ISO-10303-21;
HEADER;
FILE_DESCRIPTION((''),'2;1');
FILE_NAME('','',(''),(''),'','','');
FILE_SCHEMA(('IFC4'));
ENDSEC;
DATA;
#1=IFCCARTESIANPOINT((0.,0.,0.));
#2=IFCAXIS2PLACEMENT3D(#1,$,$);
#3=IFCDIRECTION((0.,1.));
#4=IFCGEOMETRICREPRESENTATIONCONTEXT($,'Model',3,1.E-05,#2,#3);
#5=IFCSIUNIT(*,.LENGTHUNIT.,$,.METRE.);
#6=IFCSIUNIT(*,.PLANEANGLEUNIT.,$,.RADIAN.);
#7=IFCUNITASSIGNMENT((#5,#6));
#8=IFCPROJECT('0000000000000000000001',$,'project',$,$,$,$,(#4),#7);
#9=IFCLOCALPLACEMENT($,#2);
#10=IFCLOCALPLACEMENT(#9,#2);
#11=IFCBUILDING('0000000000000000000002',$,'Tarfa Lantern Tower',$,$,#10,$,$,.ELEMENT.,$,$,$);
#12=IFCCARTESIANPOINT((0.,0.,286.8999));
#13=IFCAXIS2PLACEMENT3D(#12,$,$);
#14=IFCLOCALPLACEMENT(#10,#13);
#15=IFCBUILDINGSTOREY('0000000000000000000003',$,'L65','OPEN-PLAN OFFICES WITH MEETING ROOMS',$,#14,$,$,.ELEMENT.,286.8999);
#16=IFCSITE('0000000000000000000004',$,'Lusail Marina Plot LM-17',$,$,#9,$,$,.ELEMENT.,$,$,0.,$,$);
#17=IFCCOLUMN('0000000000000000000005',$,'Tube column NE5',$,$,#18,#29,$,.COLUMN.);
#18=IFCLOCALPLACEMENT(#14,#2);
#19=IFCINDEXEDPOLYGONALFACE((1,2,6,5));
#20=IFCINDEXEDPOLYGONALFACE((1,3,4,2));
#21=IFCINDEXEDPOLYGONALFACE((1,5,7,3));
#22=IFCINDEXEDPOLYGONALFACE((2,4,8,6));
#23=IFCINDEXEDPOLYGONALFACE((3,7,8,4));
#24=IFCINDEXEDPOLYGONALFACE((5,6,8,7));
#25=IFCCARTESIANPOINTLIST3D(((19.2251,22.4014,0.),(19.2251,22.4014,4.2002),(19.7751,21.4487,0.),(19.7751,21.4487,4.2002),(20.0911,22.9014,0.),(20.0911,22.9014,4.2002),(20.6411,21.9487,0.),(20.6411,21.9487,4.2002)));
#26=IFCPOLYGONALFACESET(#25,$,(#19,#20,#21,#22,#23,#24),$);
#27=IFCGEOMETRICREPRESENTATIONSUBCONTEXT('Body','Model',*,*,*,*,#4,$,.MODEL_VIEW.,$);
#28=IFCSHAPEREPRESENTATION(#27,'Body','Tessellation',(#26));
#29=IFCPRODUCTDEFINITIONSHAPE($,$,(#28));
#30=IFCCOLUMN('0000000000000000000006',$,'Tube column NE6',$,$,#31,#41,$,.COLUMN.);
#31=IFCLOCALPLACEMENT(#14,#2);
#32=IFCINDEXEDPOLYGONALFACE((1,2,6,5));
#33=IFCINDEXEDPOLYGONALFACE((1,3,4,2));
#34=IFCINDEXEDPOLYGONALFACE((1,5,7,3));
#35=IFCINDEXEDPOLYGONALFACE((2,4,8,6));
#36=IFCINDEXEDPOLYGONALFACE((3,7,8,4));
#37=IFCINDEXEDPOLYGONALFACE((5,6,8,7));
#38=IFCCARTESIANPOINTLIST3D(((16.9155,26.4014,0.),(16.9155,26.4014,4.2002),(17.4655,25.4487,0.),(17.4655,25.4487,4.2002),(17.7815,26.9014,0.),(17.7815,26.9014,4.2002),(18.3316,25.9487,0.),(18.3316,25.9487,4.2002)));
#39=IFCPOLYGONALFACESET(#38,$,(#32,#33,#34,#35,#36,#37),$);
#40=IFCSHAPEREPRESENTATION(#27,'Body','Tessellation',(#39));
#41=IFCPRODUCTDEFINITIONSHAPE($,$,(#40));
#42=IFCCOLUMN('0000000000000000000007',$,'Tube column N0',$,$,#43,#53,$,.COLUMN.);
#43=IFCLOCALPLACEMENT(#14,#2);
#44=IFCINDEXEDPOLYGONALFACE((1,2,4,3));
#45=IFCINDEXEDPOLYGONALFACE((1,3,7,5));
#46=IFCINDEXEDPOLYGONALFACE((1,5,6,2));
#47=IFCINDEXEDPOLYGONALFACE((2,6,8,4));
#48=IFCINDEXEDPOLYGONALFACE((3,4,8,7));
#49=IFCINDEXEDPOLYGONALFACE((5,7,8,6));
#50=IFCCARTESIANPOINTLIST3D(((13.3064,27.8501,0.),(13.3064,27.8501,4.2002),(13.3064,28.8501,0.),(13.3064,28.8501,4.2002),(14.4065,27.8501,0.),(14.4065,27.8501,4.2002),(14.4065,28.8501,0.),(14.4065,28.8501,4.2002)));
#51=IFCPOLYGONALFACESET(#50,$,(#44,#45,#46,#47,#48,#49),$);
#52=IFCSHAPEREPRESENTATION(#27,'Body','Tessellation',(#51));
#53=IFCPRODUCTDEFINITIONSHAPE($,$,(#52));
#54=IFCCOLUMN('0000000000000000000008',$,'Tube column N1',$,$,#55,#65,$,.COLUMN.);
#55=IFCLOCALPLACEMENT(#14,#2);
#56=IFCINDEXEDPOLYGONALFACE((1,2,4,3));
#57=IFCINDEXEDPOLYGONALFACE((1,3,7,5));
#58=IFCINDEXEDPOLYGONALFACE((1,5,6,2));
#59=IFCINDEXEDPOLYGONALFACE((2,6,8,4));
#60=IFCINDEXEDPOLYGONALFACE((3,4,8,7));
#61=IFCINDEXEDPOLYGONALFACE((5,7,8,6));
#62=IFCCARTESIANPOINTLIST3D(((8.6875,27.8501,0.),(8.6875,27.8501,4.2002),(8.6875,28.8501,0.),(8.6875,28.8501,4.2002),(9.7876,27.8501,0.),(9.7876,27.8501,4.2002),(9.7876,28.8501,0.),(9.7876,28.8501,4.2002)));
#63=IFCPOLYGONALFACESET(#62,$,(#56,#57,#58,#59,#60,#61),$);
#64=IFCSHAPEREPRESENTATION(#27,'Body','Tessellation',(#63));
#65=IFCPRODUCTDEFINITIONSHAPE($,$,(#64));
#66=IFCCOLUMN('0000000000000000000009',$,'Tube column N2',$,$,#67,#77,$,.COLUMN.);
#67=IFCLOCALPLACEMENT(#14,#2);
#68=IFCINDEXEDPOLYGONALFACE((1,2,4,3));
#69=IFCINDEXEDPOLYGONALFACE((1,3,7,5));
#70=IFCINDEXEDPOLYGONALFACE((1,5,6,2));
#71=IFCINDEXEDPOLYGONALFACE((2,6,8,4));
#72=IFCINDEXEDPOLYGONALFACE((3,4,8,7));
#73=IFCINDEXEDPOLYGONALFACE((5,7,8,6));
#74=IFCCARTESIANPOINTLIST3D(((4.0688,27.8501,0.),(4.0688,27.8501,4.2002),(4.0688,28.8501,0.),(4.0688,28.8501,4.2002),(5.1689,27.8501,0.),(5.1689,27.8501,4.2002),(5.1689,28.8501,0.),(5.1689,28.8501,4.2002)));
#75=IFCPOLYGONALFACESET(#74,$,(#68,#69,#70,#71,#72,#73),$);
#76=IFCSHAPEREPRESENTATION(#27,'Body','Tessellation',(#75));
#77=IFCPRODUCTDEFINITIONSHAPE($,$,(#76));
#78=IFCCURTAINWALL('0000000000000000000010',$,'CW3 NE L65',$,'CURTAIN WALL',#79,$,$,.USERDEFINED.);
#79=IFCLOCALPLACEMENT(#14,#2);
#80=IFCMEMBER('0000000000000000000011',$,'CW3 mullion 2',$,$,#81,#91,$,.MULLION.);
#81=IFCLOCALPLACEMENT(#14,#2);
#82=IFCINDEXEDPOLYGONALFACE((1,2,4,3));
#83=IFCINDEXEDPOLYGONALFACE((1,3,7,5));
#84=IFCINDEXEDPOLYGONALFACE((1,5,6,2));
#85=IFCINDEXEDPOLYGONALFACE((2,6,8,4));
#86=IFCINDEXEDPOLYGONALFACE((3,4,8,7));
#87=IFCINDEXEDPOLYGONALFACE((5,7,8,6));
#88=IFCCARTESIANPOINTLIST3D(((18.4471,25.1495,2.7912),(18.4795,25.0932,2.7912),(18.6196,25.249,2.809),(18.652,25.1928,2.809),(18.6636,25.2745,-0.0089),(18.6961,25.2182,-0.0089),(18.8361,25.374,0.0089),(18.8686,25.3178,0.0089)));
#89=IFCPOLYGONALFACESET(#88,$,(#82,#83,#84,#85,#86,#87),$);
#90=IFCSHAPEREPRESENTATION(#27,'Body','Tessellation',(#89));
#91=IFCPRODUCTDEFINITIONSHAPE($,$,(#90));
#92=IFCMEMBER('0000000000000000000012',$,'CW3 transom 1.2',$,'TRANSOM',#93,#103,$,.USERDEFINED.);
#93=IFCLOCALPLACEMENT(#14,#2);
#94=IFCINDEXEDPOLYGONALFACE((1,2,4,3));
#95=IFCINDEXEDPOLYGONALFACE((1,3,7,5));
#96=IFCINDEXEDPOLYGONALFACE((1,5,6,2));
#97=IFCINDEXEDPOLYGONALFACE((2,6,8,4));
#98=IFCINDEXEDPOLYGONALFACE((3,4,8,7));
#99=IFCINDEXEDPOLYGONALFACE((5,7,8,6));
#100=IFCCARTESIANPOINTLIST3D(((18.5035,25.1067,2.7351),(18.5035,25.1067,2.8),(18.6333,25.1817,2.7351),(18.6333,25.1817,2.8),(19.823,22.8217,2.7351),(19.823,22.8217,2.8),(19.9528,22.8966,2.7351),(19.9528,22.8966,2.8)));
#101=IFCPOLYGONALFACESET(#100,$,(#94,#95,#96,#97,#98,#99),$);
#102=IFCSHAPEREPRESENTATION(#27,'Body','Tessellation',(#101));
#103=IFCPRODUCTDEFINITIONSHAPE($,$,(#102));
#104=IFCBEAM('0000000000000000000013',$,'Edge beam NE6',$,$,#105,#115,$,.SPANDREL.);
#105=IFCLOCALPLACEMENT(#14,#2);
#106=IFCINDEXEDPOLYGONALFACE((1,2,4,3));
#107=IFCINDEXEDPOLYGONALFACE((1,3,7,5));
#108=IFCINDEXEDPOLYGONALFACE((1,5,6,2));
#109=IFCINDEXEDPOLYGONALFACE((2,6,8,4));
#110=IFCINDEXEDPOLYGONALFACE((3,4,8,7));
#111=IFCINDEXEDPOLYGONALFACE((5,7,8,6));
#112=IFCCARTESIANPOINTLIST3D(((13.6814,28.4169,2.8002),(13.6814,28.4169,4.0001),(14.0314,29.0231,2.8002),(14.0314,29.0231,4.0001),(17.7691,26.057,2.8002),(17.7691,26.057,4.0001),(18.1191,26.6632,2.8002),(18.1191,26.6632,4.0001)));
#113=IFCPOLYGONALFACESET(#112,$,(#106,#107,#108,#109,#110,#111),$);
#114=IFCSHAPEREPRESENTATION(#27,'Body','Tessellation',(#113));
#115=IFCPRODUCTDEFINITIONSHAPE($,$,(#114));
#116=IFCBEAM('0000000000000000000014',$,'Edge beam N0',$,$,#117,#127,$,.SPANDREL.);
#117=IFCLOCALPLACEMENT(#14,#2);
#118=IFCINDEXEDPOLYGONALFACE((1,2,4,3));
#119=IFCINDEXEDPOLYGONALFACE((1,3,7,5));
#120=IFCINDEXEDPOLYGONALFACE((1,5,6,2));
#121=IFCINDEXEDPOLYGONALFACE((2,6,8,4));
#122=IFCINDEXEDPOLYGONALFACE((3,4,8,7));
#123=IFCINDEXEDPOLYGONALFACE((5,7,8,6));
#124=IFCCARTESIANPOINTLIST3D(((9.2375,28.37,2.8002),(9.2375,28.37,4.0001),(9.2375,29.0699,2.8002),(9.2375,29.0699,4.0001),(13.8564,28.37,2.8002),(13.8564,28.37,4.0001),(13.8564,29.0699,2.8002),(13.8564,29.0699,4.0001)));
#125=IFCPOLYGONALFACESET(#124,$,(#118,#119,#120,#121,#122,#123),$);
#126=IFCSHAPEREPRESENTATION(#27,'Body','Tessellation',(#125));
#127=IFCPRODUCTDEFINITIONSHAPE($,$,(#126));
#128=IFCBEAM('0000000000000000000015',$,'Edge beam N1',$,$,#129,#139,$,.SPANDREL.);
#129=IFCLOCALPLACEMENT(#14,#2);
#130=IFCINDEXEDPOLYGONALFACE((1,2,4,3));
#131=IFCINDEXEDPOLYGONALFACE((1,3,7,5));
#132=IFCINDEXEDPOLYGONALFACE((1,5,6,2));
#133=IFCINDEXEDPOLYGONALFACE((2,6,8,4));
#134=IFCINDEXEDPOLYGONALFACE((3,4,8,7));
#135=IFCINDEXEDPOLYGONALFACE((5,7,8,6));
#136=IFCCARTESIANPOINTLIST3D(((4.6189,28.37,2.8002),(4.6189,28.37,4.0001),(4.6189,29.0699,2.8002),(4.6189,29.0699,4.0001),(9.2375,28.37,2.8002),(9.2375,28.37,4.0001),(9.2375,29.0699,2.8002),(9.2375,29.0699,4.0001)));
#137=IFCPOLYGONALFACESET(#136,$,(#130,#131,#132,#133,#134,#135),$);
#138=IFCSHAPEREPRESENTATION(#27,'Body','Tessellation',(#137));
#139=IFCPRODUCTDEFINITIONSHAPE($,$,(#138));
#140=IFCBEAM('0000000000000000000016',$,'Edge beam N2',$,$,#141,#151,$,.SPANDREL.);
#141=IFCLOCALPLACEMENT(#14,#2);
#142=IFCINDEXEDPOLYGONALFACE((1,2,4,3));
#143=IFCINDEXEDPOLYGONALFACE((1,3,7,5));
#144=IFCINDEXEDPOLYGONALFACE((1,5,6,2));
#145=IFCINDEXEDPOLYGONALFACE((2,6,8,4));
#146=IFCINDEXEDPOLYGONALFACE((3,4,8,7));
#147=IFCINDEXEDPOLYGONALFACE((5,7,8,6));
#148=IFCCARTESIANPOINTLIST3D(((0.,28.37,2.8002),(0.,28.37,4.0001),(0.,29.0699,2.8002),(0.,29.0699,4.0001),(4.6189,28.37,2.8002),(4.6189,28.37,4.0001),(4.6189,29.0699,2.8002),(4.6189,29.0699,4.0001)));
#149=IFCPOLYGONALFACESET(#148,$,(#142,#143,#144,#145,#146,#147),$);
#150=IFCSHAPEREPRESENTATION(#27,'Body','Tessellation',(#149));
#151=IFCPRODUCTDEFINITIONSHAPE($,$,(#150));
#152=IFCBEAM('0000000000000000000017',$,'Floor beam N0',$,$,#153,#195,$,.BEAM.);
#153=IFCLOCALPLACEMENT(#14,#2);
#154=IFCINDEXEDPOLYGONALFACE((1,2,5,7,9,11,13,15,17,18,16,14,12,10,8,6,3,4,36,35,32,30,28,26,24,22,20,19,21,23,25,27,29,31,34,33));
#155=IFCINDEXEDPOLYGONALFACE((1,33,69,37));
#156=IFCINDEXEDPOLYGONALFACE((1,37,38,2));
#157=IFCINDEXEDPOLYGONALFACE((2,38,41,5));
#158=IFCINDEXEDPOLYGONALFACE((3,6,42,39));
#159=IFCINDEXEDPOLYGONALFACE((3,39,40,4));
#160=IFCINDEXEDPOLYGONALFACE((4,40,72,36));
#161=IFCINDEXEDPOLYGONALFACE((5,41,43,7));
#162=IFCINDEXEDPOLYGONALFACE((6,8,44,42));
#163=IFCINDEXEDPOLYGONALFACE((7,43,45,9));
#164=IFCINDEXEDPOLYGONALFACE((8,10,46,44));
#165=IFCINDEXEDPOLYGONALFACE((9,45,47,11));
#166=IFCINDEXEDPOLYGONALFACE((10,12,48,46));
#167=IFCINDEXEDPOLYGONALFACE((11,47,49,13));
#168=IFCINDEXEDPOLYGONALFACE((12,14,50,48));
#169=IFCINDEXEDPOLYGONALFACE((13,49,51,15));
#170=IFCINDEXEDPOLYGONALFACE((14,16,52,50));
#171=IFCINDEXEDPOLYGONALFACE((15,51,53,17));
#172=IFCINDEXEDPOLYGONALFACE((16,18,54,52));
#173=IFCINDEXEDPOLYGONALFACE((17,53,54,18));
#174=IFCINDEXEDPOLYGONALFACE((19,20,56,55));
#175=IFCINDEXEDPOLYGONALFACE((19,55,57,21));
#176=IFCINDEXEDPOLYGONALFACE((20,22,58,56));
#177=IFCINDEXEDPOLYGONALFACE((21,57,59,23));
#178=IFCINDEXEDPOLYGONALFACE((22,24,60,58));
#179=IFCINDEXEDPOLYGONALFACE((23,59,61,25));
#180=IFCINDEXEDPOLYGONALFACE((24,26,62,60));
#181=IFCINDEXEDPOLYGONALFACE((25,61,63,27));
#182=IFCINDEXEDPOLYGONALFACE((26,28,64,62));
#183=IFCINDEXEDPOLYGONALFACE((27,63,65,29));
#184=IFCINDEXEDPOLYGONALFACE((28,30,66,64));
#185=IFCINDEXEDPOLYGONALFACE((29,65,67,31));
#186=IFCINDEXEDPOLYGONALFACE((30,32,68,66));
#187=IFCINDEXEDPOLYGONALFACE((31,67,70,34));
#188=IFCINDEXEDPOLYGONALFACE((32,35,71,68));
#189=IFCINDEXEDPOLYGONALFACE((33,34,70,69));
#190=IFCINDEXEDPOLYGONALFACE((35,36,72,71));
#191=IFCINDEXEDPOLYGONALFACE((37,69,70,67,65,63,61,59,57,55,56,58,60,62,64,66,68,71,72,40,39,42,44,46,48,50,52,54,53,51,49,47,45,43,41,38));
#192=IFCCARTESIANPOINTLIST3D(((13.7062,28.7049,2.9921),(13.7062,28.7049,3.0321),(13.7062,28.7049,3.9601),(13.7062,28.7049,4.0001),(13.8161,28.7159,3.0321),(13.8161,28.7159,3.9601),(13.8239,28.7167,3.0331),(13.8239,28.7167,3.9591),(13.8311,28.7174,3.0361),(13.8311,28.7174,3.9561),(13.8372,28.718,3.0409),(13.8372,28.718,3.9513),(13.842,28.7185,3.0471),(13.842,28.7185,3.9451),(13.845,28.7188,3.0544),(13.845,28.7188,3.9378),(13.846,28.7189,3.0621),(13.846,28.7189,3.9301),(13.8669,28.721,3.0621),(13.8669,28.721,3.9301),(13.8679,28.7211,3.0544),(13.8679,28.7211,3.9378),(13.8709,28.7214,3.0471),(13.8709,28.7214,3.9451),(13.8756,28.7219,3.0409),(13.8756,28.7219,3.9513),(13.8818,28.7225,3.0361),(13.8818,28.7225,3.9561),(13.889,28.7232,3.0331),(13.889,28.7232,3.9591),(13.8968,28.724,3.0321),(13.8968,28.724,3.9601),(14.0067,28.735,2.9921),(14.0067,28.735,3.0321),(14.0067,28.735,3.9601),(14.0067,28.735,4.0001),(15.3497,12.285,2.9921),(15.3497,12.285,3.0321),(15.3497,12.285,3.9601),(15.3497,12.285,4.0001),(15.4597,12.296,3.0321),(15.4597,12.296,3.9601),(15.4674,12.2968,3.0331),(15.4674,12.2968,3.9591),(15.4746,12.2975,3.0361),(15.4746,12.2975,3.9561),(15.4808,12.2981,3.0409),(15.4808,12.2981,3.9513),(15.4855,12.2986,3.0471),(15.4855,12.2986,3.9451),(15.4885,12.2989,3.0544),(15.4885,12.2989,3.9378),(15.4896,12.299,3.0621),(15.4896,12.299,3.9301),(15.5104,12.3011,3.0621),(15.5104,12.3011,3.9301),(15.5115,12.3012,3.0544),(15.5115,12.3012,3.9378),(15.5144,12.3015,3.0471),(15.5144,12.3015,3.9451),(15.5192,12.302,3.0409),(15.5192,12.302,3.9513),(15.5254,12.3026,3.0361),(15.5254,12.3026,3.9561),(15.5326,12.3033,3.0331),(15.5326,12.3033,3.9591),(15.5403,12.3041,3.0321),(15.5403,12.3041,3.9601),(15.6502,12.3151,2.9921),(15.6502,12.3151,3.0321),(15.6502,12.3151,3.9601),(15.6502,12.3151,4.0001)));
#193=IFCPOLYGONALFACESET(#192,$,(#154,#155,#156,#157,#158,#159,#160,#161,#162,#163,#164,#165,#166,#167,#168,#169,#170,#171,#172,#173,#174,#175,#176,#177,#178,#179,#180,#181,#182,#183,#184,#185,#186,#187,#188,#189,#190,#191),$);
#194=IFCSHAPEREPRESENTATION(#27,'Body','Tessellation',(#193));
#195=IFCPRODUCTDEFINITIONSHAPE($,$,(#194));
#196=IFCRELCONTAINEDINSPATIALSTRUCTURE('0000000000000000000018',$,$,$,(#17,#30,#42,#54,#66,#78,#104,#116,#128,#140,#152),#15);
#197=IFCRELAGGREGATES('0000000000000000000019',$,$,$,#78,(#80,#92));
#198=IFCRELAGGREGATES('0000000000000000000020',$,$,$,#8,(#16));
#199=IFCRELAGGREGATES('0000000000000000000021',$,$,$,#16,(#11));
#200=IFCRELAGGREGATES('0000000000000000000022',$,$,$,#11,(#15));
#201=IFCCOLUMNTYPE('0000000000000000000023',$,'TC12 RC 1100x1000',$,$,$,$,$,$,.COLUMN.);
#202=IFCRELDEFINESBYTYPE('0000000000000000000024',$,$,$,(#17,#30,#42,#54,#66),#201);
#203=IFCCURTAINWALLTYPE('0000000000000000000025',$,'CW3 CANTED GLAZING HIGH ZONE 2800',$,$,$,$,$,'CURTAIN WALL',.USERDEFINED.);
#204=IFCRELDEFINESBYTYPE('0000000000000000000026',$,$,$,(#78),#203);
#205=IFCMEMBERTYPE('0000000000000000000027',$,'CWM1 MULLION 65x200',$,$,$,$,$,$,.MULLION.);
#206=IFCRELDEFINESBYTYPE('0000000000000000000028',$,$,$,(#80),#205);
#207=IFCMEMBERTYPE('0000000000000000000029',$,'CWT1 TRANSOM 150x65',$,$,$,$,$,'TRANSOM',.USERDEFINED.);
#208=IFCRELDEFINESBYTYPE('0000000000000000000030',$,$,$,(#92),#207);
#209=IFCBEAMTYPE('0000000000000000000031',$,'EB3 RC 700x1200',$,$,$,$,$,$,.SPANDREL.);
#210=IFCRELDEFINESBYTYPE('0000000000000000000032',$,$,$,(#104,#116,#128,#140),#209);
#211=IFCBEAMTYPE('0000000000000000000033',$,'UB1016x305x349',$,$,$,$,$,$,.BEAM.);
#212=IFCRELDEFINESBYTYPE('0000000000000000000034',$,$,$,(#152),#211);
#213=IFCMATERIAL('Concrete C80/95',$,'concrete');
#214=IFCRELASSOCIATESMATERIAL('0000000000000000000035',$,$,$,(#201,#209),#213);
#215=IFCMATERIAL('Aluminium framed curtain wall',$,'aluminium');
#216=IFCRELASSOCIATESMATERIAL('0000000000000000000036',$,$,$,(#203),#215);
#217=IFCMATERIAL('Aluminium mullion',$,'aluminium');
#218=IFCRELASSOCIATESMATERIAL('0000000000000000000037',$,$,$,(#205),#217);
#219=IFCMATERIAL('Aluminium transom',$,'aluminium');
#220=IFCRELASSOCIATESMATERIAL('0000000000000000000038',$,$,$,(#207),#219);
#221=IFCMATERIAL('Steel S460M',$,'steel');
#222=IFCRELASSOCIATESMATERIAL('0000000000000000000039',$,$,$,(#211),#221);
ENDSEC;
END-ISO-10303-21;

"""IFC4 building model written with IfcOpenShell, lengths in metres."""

from ifc_helpers import new_model, si_unit, direction, frame, origin, origin_2d, place, context, subcontext, project, spatial, rectangle, i_section, extrude, material, material_profile, profile_set, type_object, element, aggregate, save


model = new_model("IFC4")

# Units and contexts
model_context = context("Model", 3, precision=1e-05, world=origin(), true_north=direction((0.0, 1.0)))
body_context = subcontext(model_context, "Body", "Model", "MODEL_VIEW")
ifc_project = project(units=[si_unit("LENGTHUNIT", "METRE"), si_unit("PLANEANGLEUNIT", "RADIAN")], contexts=[model_context])

# Site, building, storey
site_placement = place(None, origin())
site = spatial("IfcSite", under=ifc_project, at=site_placement, Name="Lusail Marina Plot LM-17", CompositionType="ELEMENT", RefElevation=0.0)
building_placement = place(site_placement, origin())
building = spatial("IfcBuilding", under=site, at=building_placement, Name="Tarfa Lantern Tower", CompositionType="ELEMENT")
storey_placement = place(building_placement, frame((0.0, 0.0, 286.8999)))
storey = spatial("IfcBuildingStorey", under=building, at=storey_placement, Name="L65", Description="OPEN-PLAN OFFICES WITH MEETING ROOMS", CompositionType="ELEMENT", Elevation=286.8999)

# Columns
ifc_material_1 = material(Name="Concrete C80/95", Category="concrete")
ifc_material_profile_1 = material_profile(ifc_material_1, rectangle(XDim=1.1001, YDim=1.0, at=origin_2d()), Name="RC 1100x1000")
ifc_profile_set_1 = profile_set([ifc_material_profile_1], Name="Concrete C80/95")
column_type = type_object("IfcColumnType", Name="TC12 RC 1100x1000", PredefinedType="COLUMN", material=ifc_profile_set_1)
for number, where, z_axis, x_axis, name in (
    (1, (19.9331, 22.175, 0.0), (0.0, 0.0, 1.0), (-0.5, 0.866025, 0.0), "Tube column NE5"),
    (2, (17.6235, 26.175, 0.0), (0.0, 0.0, 1.0), (-0.5, 0.866025, 0.0), "Tube column NE6"),
    (3, (13.8564, 28.3501, 0.0), (0.0, 0.0, 1.0), (-1.0, 0.0, 0.0), "Tube column N0"),
    (4, (9.2375, 28.3501, 0.0), (0.0, 0.0, 1.0), (-1.0, 0.0, 0.0), "Tube column N1"),
    (5, (4.6189, 28.3501, 0.0), (0.0, 0.0, 1.0), (-1.0, 0.0, 0.0), "Tube column N2"),
):
    element("IfcColumn", number, at=place(storey_placement, frame(where, z_axis=z_axis, x_axis=x_axis)), inside=storey, type_object=column_type, Name=name, PredefinedType="COLUMN", context=body_context, shape_type="SweptSolid", body=[
        extrude(rectangle(XDim=1.1001, YDim=1.0, at=origin_2d()), origin(), (0.0, 0.0, 1.0), 4.2002),
    ])

# Curtain wall, members
ifc_material_2 = material(Name="Aluminium framed curtain wall", Category="aluminium")
curtain_wall_type = type_object("IfcCurtainWallType", Name="CW3 CANTED GLAZING HIGH ZONE 2800", ElementType="CURTAIN WALL", PredefinedType="USERDEFINED", material=ifc_material_2)
curtain_wall_placement = place(storey_placement, origin())
curtain_wall = element("IfcCurtainWall", 6, at=curtain_wall_placement, inside=storey, type_object=curtain_wall_type, Name="CW3 NE L65", ObjectType="CURTAIN WALL", PredefinedType="USERDEFINED")
ifc_material_3 = material(Name="Aluminium mullion", Category="aluminium")
ifc_material_profile_2 = material_profile(ifc_material_3, rectangle(XDim=0.0649, YDim=0.2, at=origin_2d()), Name="AL MULLION 65x200")
ifc_profile_set_2 = profile_set([ifc_material_profile_2], Name="Aluminium mullion")
member_type_1 = type_object("IfcMemberType", Name="CWM1 MULLION 65x200", PredefinedType="MULLION", material=ifc_profile_set_2)
member_1_placement = place(storey_placement, frame((18.7661, 25.2961, 0.0), z_axis=(-0.077032, -0.044465, 0.996037), x_axis=(0.49992, -0.866072, 0.0)))
member_1 = element("IfcMember", 7, at=member_1_placement, type_object=member_type_1, Name="CW3 mullion 2", PredefinedType="MULLION", context=body_context, shape_type="SweptSolid", body=[
    extrude(rectangle(XDim=0.0649, YDim=0.2, at=origin_2d()), origin(), (0.0, 0.0, 1.0), 2.8113),
])
ifc_material_4 = material(Name="Aluminium transom", Category="aluminium")
ifc_material_profile_3 = material_profile(ifc_material_4, rectangle(XDim=0.1499, YDim=0.0649, at=origin_2d()), Name="AL TRANSOM 150x65")
ifc_profile_set_3 = profile_set([ifc_material_profile_3], Name="Aluminium transom")
member_type_2 = type_object("IfcMemberType", Name="CWT1 TRANSOM 150x65", ElementType="TRANSOM", PredefinedType="USERDEFINED", material=ifc_profile_set_3)
member_2_placement = place(storey_placement, frame((19.8879, 22.8591, 2.7676), z_axis=(-0.500069, 0.865985, 0.0), x_axis=(-0.865985, -0.500069, 0.0)))
member_2 = element("IfcMember", 8, at=member_2_placement, type_object=member_type_2, Name="CW3 transom 1.2", ObjectType="TRANSOM", PredefinedType="USERDEFINED", context=body_context, shape_type="SweptSolid", body=[
    extrude(rectangle(XDim=0.1499, YDim=0.0649, at=origin_2d()), origin(), (0.0, 0.0, 1.0), 2.6387),
])

# Beams
ifc_material_profile_4 = material_profile(ifc_material_1, rectangle(XDim=0.7, YDim=1.2, at=origin_2d()), Name="RC 700x1200")
ifc_profile_set_4 = profile_set([ifc_material_profile_4], Name="Concrete C80/95")
beam_type_1 = type_object("IfcBeamType", Name="EB3 RC 700x1200", PredefinedType="SPANDREL", material=ifc_profile_set_4)
beam_1_placement = place(storey_placement, frame((17.9441, 26.3601, 3.4001), z_axis=(-0.866038, 0.499978, 0.0), x_axis=(-0.499978, -0.866038, 0.0)))
element("IfcBeam", 9, at=beam_1_placement, inside=storey, type_object=beam_type_1, Name="Edge beam NE6", PredefinedType="SPANDREL", context=body_context, shape_type="SweptSolid", body=[
    extrude(rectangle(XDim=0.7, YDim=1.2, at=origin_2d()), origin(), (0.0, 0.0, 1.0), 4.72),
])
beam_2_placement = place(storey_placement, frame((13.8564, 28.72, 3.4001), z_axis=(-1.0, 0.0, 0.0), x_axis=(0.0, -1.0, 0.0)))
element("IfcBeam", 10, at=beam_2_placement, inside=storey, type_object=beam_type_1, Name="Edge beam N0", PredefinedType="SPANDREL", context=body_context, shape_type="SweptSolid", body=[
    extrude(rectangle(XDim=0.7, YDim=1.2, at=origin_2d()), origin(), (0.0, 0.0, 1.0), 4.6189),
])
beam_3_placement = place(storey_placement, frame((9.2375, 28.72, 3.4001), z_axis=(-1.0, 0.0, 0.0), x_axis=(0.0, -1.0, 0.0)))
element("IfcBeam", 11, at=beam_3_placement, inside=storey, type_object=beam_type_1, Name="Edge beam N1", PredefinedType="SPANDREL", context=body_context, shape_type="SweptSolid", body=[
    extrude(rectangle(XDim=0.7, YDim=1.2, at=origin_2d()), origin(), (0.0, 0.0, 1.0), 4.6187),
])
beam_4_placement = place(storey_placement, frame((4.6189, 28.72, 3.4001), z_axis=(-1.0, 0.0, 0.0), x_axis=(0.0, -1.0, 0.0)))
element("IfcBeam", 12, at=beam_4_placement, inside=storey, type_object=beam_type_1, Name="Edge beam N2", PredefinedType="SPANDREL", context=body_context, shape_type="SweptSolid", body=[
    extrude(rectangle(XDim=0.7, YDim=1.2, at=origin_2d()), origin(), (0.0, 0.0, 1.0), 4.6189),
])
ifc_material_5 = material(Name="Steel S460M", Category="steel")
ifc_material_profile_5 = material_profile(ifc_material_5, i_section(OverallWidth=0.302, OverallDepth=1.0081, WebThickness=0.021, FlangeThickness=0.04, FilletRadius=0.03, at=origin_2d()), Name="UB1016x305x349")
ifc_profile_set_5 = profile_set([ifc_material_profile_5], Name="Steel S460M")
beam_type_2 = type_object("IfcBeamType", Name="UB1016x305x349", PredefinedType="BEAM", material=ifc_profile_set_5)
beam_5_placement = place(storey_placement, frame((13.8564, 28.72, 3.4961), z_axis=(0.099597, -0.995028, 0.0), x_axis=(0.995028, 0.099597, 0.0)))
element("IfcBeam", 13, at=beam_5_placement, inside=storey, type_object=beam_type_2, Name="Floor beam N0", PredefinedType="BEAM", context=body_context, shape_type="SweptSolid", body=[
    extrude(i_section(OverallWidth=0.302, OverallDepth=1.0081, WebThickness=0.021, FlangeThickness=0.04, FilletRadius=0.03, at=origin_2d()), origin(), (0.0, 0.0, 1.0), 16.502),
])

aggregate(curtain_wall, [member_1, member_2])

save(model, "model.ifc")
